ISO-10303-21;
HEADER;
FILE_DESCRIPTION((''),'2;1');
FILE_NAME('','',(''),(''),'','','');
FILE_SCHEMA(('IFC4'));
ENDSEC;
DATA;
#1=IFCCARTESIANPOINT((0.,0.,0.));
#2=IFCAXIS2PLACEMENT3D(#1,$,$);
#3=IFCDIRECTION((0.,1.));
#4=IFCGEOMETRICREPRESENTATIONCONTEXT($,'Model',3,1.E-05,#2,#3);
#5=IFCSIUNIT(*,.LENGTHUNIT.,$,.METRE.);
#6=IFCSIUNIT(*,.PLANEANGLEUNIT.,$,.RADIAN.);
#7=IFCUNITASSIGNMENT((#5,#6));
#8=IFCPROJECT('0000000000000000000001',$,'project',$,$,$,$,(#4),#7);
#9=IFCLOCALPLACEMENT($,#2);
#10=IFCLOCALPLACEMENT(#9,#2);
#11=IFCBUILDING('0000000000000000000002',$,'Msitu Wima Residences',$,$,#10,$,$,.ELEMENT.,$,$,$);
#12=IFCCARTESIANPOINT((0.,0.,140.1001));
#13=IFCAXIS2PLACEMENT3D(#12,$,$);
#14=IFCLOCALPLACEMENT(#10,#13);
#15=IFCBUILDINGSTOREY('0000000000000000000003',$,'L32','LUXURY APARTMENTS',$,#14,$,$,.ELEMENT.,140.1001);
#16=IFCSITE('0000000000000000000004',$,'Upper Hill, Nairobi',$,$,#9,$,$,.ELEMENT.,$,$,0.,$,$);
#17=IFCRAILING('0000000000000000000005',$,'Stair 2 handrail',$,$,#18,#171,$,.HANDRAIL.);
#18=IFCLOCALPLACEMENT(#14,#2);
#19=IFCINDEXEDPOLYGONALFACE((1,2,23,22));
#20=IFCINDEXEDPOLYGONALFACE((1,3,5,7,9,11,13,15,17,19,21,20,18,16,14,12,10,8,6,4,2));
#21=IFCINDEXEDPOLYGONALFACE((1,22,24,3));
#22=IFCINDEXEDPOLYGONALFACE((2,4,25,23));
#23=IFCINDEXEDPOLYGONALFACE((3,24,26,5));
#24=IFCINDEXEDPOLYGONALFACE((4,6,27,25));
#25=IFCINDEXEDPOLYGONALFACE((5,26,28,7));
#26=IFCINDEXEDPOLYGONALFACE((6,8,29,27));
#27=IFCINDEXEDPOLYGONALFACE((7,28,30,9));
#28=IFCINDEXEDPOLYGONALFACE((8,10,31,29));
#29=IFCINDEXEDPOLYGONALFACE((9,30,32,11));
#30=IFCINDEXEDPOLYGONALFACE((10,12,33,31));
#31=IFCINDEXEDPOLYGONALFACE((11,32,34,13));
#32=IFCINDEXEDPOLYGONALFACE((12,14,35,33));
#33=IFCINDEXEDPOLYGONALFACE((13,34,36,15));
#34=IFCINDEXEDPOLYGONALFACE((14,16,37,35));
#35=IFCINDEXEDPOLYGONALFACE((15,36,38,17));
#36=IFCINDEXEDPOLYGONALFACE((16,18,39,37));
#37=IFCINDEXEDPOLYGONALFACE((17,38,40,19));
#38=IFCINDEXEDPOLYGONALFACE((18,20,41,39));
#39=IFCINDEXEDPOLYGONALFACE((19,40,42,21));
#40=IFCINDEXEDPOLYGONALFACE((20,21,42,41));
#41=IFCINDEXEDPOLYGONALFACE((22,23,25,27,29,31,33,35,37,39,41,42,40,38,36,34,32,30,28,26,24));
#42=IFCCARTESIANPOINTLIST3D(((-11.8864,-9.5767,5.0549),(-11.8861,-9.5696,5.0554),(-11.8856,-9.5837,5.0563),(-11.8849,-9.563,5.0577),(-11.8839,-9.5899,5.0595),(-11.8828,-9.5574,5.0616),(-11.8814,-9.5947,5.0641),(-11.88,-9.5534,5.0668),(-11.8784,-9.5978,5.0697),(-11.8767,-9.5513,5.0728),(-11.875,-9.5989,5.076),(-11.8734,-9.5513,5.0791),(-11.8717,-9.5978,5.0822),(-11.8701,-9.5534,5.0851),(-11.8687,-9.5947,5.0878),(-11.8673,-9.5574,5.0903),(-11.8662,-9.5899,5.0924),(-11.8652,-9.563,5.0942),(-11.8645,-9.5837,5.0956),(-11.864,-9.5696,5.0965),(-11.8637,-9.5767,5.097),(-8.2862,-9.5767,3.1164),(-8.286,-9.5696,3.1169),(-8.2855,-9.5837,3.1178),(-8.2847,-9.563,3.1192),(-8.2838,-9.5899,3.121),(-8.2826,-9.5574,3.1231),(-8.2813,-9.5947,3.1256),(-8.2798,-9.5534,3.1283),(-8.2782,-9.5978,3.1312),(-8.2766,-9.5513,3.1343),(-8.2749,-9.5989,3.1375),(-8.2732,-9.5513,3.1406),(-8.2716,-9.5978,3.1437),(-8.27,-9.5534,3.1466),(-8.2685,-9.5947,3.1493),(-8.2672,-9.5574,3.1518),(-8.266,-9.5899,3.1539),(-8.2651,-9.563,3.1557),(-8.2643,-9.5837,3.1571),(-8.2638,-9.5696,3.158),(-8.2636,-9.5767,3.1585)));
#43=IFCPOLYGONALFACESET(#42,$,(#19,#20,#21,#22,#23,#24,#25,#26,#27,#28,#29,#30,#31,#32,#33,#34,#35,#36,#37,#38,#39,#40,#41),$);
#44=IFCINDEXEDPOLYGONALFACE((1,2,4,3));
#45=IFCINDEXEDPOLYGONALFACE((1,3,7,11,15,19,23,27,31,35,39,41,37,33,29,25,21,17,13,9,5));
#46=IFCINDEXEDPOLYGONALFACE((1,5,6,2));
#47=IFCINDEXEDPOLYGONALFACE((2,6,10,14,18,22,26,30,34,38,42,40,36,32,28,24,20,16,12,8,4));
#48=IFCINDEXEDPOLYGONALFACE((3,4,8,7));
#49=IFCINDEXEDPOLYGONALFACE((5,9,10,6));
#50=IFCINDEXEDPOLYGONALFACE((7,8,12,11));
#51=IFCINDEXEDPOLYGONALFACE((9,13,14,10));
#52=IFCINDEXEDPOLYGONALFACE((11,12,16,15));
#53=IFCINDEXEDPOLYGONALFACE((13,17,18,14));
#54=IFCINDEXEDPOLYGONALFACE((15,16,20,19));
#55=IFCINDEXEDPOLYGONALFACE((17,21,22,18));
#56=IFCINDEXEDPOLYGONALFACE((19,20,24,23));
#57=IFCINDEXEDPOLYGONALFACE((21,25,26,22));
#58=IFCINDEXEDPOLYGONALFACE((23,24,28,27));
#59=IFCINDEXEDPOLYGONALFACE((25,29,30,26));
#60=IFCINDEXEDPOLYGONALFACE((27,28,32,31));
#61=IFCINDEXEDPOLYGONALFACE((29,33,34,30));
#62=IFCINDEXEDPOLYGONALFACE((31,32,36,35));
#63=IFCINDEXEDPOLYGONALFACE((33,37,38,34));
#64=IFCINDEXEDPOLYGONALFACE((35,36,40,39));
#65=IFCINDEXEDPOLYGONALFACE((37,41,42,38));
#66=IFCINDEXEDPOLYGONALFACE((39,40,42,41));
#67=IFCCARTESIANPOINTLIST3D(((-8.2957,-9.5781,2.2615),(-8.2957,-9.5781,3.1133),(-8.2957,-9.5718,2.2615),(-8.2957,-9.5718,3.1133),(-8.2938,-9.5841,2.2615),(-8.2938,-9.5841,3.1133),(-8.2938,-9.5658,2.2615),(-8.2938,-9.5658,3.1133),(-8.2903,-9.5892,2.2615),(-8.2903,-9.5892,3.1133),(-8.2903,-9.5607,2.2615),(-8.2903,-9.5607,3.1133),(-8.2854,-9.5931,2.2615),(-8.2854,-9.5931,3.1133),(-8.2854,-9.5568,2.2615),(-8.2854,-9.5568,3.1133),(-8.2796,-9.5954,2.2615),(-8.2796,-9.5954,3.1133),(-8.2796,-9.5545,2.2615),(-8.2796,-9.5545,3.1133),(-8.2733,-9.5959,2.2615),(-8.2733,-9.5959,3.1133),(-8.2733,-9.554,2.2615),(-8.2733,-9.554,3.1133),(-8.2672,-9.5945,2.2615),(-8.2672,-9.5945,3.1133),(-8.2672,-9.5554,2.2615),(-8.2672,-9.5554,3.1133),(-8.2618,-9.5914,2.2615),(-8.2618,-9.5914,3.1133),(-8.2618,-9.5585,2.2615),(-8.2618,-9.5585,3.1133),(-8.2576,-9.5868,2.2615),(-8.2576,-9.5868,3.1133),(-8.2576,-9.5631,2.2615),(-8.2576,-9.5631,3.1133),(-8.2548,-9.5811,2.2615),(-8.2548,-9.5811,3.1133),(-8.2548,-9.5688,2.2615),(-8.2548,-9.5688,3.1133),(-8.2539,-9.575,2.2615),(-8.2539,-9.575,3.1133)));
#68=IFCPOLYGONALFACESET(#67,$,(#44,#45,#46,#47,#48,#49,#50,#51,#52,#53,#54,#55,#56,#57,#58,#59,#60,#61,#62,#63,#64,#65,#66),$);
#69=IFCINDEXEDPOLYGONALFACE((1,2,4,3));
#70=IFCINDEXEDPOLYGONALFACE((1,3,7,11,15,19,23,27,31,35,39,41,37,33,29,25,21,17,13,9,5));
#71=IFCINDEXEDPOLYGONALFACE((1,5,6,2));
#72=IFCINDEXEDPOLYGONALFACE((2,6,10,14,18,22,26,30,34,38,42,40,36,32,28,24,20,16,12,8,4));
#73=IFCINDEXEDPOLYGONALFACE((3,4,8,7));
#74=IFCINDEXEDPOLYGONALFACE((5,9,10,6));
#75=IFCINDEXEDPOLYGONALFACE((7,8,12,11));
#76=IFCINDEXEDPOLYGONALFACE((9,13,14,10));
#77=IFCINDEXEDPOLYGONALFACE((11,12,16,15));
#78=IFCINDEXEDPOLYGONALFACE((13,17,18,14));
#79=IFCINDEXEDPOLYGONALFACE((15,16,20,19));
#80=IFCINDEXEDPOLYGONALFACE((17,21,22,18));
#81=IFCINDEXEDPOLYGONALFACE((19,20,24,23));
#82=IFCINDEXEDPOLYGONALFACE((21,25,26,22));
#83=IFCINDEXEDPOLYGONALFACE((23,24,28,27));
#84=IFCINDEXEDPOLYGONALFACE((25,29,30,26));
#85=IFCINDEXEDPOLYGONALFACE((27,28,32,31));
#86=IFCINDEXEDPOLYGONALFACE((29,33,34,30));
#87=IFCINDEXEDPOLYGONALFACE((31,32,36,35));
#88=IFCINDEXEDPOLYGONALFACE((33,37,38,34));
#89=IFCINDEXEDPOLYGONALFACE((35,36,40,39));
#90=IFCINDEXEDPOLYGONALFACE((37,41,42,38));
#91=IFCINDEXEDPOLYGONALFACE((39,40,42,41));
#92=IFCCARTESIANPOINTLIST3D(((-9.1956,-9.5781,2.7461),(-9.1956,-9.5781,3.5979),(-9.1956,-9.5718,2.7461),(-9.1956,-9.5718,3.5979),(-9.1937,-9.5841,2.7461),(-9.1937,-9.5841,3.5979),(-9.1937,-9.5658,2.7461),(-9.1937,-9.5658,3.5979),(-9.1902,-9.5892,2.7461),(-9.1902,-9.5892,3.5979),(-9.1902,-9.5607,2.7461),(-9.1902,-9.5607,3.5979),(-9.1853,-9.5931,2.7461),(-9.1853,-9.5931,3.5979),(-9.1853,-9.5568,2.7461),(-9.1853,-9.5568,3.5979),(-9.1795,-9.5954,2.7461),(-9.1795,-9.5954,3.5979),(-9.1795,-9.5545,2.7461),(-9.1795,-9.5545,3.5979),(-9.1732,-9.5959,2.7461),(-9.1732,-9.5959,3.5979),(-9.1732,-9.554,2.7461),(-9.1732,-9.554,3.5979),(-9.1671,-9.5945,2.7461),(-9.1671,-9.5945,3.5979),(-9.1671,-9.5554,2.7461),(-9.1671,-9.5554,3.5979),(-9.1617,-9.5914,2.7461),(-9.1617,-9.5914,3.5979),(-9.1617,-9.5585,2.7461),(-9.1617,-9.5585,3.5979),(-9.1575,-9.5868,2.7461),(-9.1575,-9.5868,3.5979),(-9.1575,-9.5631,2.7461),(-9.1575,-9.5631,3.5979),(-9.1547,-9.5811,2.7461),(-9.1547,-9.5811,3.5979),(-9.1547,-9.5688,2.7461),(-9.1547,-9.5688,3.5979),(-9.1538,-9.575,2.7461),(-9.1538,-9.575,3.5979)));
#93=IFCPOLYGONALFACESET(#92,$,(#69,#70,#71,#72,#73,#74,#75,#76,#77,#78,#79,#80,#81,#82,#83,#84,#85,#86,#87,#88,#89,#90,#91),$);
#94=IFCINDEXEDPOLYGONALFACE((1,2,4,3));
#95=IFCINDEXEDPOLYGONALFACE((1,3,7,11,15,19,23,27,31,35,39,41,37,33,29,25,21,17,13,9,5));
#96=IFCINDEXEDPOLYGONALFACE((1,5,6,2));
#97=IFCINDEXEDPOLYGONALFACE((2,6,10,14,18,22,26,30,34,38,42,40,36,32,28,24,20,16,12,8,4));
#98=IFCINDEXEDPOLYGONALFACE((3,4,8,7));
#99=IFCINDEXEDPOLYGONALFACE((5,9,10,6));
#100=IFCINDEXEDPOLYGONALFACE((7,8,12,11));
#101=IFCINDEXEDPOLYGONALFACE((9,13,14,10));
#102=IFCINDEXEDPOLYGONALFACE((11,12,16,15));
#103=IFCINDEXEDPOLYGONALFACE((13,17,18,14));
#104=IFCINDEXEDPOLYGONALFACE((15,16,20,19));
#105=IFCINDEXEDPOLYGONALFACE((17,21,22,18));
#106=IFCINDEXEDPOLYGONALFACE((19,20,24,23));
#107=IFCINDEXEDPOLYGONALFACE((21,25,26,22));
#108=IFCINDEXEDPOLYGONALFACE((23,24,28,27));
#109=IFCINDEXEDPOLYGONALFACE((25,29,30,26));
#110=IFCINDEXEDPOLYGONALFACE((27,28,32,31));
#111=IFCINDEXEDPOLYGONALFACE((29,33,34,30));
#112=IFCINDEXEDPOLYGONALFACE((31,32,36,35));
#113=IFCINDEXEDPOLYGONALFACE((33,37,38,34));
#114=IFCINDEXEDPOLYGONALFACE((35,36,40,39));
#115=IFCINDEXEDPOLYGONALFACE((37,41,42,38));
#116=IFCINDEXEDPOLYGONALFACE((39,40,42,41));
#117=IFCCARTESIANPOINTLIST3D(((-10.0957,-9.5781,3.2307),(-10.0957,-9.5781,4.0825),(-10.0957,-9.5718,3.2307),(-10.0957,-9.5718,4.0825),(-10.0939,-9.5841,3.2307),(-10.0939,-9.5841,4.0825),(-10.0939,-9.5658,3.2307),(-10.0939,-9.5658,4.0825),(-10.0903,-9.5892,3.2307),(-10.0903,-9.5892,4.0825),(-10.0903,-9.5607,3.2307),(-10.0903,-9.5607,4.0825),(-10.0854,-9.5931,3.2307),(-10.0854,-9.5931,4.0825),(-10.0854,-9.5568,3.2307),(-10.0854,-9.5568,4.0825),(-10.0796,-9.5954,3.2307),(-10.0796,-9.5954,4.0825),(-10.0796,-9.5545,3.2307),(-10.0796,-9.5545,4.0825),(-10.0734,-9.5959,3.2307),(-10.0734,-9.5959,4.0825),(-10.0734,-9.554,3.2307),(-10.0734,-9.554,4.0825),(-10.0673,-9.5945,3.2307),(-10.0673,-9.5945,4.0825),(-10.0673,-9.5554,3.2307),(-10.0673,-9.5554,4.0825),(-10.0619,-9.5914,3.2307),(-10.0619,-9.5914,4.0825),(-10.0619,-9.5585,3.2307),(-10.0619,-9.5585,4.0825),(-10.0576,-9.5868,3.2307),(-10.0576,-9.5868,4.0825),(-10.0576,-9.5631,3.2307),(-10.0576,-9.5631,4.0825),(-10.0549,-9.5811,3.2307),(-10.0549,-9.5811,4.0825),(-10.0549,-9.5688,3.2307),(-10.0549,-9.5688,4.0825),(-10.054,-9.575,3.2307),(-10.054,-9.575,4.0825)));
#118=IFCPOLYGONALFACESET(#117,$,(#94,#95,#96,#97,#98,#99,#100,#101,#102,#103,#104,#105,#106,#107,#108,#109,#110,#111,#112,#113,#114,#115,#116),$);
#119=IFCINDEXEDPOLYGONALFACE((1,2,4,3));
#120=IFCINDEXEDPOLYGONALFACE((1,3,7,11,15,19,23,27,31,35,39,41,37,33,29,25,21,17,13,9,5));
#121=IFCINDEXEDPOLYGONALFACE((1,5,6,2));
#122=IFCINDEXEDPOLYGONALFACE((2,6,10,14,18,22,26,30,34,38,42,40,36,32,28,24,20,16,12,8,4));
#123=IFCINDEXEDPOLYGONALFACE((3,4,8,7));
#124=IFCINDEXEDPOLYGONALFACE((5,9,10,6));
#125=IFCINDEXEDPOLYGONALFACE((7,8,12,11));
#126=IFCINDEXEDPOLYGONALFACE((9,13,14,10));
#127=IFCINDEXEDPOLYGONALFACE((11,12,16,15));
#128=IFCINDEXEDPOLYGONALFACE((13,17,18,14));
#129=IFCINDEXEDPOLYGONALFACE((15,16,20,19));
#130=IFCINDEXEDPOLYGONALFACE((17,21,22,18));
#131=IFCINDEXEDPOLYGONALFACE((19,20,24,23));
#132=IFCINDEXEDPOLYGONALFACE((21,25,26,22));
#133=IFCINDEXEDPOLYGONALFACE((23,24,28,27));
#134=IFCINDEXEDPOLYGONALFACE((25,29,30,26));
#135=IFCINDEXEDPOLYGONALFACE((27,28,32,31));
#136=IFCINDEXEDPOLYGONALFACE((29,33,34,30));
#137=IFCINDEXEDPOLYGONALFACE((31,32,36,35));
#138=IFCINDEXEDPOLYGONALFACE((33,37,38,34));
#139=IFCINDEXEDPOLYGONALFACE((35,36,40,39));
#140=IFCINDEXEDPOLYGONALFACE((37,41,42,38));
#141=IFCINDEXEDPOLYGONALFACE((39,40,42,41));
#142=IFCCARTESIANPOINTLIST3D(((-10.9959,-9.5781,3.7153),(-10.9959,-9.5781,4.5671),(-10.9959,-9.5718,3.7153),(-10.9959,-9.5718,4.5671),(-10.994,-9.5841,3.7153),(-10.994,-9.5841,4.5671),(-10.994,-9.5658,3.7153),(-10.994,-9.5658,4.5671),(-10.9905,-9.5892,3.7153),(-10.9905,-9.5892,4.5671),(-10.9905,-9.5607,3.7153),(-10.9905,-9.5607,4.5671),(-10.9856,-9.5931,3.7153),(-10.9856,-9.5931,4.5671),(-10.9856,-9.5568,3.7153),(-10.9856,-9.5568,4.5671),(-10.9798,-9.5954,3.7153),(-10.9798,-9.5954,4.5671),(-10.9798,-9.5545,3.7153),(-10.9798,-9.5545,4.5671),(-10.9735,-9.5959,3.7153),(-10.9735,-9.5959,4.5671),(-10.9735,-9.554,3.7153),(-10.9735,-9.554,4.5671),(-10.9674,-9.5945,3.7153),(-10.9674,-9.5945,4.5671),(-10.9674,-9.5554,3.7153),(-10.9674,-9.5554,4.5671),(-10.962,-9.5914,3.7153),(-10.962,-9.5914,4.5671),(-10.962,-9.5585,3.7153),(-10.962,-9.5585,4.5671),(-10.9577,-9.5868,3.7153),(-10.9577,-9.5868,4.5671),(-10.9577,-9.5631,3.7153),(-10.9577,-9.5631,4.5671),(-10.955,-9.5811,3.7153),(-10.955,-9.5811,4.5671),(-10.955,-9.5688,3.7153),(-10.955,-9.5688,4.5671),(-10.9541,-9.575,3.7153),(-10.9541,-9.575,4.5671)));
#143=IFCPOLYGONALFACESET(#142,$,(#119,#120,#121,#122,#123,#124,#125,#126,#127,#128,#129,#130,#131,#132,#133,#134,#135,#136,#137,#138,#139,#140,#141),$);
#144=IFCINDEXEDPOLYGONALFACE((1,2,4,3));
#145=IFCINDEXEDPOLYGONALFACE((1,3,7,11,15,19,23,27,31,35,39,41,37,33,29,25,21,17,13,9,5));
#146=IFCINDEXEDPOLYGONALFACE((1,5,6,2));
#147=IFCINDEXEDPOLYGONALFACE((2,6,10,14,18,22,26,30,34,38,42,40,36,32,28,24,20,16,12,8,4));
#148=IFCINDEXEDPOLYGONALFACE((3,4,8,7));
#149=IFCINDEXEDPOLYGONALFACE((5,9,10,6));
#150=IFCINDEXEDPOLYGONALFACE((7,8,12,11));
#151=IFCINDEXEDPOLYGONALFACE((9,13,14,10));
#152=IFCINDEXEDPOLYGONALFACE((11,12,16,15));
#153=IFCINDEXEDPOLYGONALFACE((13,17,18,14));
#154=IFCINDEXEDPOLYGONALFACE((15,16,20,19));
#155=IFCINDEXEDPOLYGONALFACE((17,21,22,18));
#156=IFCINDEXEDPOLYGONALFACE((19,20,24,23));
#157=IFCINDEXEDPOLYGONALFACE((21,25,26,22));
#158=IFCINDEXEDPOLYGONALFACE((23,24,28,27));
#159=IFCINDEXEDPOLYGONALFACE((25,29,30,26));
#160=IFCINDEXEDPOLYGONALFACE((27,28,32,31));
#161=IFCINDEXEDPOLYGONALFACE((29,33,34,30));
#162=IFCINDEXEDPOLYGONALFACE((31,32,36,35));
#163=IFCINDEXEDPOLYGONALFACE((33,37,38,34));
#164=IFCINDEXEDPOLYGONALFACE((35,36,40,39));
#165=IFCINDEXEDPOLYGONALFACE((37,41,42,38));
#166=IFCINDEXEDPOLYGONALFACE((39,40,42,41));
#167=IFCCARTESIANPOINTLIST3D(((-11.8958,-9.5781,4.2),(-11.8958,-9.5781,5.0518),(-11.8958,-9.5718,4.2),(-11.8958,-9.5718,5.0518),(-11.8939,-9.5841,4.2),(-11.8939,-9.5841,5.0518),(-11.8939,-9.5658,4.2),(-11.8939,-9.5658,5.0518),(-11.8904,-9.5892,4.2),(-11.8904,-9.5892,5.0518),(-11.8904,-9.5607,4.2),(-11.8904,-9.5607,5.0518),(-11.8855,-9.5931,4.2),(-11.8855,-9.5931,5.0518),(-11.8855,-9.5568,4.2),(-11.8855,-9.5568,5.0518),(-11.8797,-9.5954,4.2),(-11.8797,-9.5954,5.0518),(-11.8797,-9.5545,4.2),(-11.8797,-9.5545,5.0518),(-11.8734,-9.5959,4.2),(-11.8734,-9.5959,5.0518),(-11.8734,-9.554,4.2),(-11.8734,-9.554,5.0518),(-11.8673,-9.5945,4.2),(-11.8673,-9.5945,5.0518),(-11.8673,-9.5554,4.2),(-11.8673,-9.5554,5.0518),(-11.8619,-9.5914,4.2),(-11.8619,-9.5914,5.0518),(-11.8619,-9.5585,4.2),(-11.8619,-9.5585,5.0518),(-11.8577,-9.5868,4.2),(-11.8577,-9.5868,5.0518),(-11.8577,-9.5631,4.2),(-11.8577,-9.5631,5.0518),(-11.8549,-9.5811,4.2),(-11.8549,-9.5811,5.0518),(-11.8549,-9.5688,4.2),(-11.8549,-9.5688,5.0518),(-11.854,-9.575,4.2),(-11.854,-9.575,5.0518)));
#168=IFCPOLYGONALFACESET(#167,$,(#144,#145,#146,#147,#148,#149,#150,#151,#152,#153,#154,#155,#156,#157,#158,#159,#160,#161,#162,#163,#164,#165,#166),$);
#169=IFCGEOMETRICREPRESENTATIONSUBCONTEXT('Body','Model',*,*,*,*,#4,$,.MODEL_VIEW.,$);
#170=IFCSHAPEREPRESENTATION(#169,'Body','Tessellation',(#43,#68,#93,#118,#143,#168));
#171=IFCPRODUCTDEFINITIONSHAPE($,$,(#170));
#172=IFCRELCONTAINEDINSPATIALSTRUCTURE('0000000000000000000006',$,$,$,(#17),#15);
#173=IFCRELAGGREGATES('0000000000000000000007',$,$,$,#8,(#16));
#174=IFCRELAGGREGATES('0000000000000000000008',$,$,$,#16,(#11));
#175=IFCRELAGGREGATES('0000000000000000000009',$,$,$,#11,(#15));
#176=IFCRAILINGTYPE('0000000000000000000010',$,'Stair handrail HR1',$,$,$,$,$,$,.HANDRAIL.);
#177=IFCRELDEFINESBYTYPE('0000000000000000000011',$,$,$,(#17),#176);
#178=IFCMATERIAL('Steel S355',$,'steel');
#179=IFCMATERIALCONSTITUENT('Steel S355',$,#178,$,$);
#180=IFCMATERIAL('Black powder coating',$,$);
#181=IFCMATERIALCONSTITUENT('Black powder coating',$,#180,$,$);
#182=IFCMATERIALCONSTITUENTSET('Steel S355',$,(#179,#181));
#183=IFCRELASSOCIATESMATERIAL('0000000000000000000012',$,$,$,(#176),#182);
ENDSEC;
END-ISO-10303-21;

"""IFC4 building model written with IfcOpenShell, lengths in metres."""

from ifc_helpers import new_model, si_unit, direction, frame, origin, origin_2d, place, context, subcontext, project, spatial, circle, extrude, material, constituent, constituent_set, type_object, element, save


model = new_model("IFC4")

# Units and contexts
model_context = context("Model", 3, precision=1e-05, world=origin(), true_north=direction((0.0, 1.0)))
body_context = subcontext(model_context, "Body", "Model", "MODEL_VIEW")
ifc_project = project(units=[si_unit("LENGTHUNIT", "METRE"), si_unit("PLANEANGLEUNIT", "RADIAN")], contexts=[model_context])

# Site, building, storey
site_placement = place(None, origin())
site = spatial("IfcSite", under=ifc_project, at=site_placement, Name="Upper Hill, Nairobi", CompositionType="ELEMENT", RefElevation=0.0)
building_placement = place(site_placement, origin())
building = spatial("IfcBuilding", under=site, at=building_placement, Name="Msitu Wima Residences", CompositionType="ELEMENT")
storey_placement = place(building_placement, frame((0.0, 0.0, 140.1001)))
storey = spatial("IfcBuildingStorey", under=building, at=storey_placement, Name="L32", Description="LUXURY APARTMENTS", CompositionType="ELEMENT", Elevation=140.1001)

# Railing
ifc_material_1 = material(Name="Steel S355", Category="steel")
ifc_constituent_1 = constituent(ifc_material_1, Name="Steel S355")
ifc_material_2 = material(Name="Black powder coating")
ifc_constituent_2 = constituent(ifc_material_2, Name="Black powder coating")
ifc_constituent_set = constituent_set(constituents=[ifc_constituent_1, ifc_constituent_2], Name="Steel S355")
railing_type = type_object("IfcRailingType", Name="Stair handrail HR1", PredefinedType="HANDRAIL", material=ifc_constituent_set)
for number, where, name in (
    (1, (-8.2749, -9.575, 2.2615), "Stair 2 handrail"),
):
    element("IfcRailing", number, at=place(storey_placement, frame(where)), inside=storey, type_object=railing_type, Name=name, PredefinedType="HANDRAIL", context=body_context, shape_type="SweptSolid", body=[
        extrude(circle(Radius=0.0239, at=origin_2d()), frame((0.0, 0.0, 0.876), z_axis=(-0.880475, 0.0, 0.474093), x_axis=(0.0, -1.0, 0.0)), (0.0, 0.0, 1.0), 4.0889),
        extrude(circle(Radius=0.021, at=origin_2d()), origin(), (0.0, 0.0, 1.0), 0.8518),
        extrude(circle(Radius=0.021, at=origin_2d()), frame((-0.8999, 0.0, 0.4846)), (0.0, 0.0, 1.0), 0.8518),
        extrude(circle(Radius=0.021, at=origin_2d()), frame((-1.8, 0.0, 0.9692)), (0.0, 0.0, 1.0), 0.8518),
        extrude(circle(Radius=0.021, at=origin_2d()), frame((-2.7002, 0.0, 1.4539)), (0.0, 0.0, 1.0), 0.8518),
        extrude(circle(Radius=0.021, at=origin_2d()), frame((-3.6001, 0.0, 1.9385)), (0.0, 0.0, 1.0), 0.8518),
    ])

save(model, "model.ifc")
